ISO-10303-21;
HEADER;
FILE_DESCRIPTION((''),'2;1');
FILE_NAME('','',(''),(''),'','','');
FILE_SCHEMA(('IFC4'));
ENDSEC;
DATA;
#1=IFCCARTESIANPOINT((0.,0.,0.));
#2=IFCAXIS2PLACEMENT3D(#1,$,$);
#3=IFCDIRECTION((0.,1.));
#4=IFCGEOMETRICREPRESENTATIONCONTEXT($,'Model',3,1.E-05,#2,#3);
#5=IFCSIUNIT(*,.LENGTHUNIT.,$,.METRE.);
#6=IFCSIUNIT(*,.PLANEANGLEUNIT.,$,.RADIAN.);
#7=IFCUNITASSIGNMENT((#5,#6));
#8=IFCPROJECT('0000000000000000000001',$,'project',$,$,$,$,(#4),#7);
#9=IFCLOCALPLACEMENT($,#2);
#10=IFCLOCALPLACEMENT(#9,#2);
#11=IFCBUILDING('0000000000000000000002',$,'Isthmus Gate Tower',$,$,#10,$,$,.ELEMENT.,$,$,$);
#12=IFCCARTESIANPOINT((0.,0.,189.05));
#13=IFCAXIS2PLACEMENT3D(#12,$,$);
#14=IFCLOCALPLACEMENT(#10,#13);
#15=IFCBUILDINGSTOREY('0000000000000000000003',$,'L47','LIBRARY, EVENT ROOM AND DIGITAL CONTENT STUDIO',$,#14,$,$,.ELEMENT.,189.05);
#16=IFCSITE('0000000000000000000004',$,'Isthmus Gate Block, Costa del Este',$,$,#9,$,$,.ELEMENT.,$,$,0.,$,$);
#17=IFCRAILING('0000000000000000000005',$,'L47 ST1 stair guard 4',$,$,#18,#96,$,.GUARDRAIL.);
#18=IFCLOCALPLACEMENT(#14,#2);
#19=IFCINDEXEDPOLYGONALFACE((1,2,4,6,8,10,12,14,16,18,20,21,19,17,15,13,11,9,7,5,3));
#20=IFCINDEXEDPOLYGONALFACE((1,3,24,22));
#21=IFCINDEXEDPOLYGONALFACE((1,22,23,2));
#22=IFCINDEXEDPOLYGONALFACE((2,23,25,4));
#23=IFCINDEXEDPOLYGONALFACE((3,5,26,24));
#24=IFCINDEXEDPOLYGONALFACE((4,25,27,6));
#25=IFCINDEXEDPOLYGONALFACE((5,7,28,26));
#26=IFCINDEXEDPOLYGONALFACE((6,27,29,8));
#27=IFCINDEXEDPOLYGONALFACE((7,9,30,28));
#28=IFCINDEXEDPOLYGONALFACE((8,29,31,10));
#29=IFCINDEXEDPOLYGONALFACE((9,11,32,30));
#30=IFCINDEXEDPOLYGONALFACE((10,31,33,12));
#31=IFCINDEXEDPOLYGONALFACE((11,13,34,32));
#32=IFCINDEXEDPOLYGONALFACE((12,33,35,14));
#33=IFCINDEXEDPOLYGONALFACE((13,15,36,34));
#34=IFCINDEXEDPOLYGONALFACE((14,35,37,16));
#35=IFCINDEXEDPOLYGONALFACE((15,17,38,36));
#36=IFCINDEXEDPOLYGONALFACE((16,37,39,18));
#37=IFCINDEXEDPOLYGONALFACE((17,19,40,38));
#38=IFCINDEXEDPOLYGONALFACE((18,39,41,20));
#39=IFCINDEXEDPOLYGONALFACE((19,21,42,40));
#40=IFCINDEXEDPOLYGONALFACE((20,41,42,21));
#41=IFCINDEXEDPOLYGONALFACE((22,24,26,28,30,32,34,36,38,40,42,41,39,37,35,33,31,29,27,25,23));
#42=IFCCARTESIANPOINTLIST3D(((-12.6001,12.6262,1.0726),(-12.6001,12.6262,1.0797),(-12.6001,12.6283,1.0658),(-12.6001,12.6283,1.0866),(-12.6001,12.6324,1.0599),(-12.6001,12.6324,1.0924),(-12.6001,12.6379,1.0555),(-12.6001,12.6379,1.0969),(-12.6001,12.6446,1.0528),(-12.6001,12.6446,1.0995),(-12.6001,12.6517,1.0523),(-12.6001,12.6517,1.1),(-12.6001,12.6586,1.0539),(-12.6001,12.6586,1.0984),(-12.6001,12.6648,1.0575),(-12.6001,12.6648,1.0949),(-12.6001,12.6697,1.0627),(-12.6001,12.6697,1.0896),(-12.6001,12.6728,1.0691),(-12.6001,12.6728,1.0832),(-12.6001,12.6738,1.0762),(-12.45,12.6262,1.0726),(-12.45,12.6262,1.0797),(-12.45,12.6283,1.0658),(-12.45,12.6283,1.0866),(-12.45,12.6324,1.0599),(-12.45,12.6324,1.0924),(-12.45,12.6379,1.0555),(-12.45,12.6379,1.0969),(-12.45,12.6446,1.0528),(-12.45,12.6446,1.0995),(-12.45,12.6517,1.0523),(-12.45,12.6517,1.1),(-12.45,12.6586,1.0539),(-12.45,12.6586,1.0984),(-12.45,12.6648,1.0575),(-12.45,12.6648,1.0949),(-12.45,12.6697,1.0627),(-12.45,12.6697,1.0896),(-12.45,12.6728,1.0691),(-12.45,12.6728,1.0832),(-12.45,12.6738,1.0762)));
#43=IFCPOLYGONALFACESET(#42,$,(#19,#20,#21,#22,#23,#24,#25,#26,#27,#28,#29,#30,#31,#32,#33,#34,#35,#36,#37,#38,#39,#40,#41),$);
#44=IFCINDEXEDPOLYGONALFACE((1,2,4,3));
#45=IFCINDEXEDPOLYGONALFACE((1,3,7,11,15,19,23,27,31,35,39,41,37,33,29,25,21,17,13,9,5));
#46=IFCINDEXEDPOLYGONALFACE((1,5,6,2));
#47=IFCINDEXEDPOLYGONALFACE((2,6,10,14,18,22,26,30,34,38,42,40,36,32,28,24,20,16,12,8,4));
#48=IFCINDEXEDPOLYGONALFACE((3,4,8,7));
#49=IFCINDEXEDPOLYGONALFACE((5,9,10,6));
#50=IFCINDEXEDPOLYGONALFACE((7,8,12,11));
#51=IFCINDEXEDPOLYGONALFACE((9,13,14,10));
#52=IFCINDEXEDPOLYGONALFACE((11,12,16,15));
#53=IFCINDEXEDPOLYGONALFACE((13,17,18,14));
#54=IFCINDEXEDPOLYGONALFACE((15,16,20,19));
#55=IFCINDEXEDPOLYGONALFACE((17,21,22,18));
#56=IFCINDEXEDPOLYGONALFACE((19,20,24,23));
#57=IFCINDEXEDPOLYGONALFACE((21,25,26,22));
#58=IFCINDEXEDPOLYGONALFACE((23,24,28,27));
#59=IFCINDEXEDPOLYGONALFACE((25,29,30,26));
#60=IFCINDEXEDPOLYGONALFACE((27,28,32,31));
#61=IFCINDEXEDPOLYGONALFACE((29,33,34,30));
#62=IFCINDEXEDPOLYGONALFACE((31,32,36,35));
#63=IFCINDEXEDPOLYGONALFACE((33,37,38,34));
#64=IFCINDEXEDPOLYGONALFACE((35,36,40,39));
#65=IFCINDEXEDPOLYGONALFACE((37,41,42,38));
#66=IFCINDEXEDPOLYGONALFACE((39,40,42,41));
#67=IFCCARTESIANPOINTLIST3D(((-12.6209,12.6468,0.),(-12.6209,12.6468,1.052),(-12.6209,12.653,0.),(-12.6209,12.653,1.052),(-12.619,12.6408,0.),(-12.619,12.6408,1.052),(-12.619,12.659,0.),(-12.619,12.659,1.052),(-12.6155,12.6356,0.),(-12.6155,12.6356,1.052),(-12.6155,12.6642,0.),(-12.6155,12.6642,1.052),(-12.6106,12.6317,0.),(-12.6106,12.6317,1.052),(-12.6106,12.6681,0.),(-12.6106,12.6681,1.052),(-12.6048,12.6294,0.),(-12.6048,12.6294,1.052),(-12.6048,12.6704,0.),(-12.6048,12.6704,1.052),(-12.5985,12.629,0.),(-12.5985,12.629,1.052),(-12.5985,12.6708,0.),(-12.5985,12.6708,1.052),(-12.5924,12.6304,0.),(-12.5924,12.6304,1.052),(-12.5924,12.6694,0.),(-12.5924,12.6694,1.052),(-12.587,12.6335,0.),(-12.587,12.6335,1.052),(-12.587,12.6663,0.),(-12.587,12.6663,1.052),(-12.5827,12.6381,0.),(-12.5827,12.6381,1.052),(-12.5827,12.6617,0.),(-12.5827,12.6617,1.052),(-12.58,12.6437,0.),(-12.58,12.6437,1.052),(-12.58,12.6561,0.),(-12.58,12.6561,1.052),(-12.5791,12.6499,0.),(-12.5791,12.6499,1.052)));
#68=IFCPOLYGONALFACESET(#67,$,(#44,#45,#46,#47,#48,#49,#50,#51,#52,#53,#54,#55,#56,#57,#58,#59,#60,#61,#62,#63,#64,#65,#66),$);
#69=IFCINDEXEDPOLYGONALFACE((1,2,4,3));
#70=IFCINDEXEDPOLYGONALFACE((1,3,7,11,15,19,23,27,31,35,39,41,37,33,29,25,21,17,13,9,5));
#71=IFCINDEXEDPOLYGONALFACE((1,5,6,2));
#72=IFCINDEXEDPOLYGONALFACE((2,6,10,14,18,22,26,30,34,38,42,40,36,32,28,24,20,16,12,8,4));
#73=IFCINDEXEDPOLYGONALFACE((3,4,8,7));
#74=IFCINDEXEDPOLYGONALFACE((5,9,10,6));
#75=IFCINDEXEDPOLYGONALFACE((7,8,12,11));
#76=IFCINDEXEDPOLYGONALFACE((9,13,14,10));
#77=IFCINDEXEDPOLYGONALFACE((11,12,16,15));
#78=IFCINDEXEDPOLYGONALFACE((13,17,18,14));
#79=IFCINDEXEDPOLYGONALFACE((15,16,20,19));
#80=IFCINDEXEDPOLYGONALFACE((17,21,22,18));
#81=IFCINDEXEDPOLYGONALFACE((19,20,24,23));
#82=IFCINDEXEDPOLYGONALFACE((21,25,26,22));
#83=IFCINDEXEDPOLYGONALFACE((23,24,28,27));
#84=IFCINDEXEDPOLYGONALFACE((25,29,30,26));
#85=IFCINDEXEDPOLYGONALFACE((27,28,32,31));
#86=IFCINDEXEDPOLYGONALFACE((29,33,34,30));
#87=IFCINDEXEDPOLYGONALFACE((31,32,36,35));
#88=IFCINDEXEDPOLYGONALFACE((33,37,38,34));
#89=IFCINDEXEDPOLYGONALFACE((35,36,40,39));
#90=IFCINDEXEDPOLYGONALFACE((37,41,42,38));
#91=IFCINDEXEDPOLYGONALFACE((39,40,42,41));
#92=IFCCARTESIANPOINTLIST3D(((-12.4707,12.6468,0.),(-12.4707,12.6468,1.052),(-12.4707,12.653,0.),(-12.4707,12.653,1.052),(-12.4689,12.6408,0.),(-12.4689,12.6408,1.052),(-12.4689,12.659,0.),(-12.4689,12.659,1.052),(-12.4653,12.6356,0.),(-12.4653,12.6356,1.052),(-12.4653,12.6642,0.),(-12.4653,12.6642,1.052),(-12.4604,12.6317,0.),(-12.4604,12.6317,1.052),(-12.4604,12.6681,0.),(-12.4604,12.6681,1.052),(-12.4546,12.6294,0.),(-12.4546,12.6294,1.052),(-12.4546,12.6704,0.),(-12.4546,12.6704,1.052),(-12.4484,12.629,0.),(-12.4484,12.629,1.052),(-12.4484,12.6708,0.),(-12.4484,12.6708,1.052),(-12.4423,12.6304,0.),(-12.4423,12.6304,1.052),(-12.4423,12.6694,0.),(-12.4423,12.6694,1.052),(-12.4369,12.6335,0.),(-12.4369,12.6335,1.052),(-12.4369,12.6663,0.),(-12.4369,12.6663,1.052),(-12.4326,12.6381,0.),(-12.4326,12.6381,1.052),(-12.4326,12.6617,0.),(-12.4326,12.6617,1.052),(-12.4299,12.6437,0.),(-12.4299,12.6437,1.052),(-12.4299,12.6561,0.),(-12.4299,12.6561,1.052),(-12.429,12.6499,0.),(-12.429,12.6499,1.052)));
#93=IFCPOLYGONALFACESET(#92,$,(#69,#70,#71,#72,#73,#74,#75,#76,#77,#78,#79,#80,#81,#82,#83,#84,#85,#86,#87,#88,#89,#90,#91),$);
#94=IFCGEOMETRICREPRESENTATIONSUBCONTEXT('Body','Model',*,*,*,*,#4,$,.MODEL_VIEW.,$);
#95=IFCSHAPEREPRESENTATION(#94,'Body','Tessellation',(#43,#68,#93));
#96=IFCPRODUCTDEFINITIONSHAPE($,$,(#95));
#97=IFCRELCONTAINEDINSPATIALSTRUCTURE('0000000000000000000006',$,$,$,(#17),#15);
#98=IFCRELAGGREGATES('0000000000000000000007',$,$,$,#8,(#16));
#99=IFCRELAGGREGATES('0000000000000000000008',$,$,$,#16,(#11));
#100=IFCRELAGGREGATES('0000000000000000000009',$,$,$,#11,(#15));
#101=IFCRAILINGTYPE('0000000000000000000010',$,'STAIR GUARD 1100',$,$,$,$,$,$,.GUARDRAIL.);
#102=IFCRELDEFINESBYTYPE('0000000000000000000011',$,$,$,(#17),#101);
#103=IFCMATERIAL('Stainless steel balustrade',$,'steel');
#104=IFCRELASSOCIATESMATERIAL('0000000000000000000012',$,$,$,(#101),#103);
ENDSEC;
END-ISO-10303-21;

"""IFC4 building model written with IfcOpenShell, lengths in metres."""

from ifc_helpers import new_model, si_unit, direction, frame, origin, origin_2d, place, context, subcontext, project, spatial, circle, extrude, material, type_object, element, save


model = new_model("IFC4")

# Units and contexts
model_context = context("Model", 3, precision=1e-05, world=origin(), true_north=direction((0.0, 1.0)))
body_context = subcontext(model_context, "Body", "Model", "MODEL_VIEW")
ifc_project = project(units=[si_unit("LENGTHUNIT", "METRE"), si_unit("PLANEANGLEUNIT", "RADIAN")], contexts=[model_context])

# Site, building, storey
site_placement = place(None, origin())
site = spatial("IfcSite", under=ifc_project, at=site_placement, Name="Isthmus Gate Block, Costa del Este", CompositionType="ELEMENT", RefElevation=0.0)
building_placement = place(site_placement, origin())
building = spatial("IfcBuilding", under=site, at=building_placement, Name="Isthmus Gate Tower", CompositionType="ELEMENT")
storey_placement = place(building_placement, frame((0.0, 0.0, 189.05)))
storey = spatial("IfcBuildingStorey", under=building, at=storey_placement, Name="L47", Description="LIBRARY, EVENT ROOM AND DIGITAL CONTENT STUDIO", CompositionType="ELEMENT", Elevation=189.05)

# Railing
ifc_material_1 = material(Name="Stainless steel balustrade", Category="steel")
railing_type_1 = type_object("IfcRailingType", Name="STAIR GUARD 1100", PredefinedType="GUARDRAIL", material=ifc_material_1)
railing_1_placement = place(storey_placement, frame((-12.6001, 12.6499, 0.0)))
element("IfcRailing", 1, at=railing_1_placement, inside=storey, type_object=railing_type_1, Name="L47 ST1 stair guard 4", PredefinedType="GUARDRAIL", context=body_context, shape_type="SweptSolid", body=[
    extrude(circle(Radius=0.0239, at=origin_2d()), frame((0.0, 0.0, 1.0762), z_axis=(1.0, 0.0, 0.0), x_axis=(0.0, 1.0, 0.0)), (0.0, 0.0, 1.0), 0.1501),
    extrude(circle(Radius=0.021, at=origin_2d()), origin(), (0.0, 0.0, 1.0), 1.052),
    extrude(circle(Radius=0.021, at=origin_2d()), frame((0.1501, 0.0, 0.0)), (0.0, 0.0, 1.0), 1.052),
])

save(model, "model.ifc")
